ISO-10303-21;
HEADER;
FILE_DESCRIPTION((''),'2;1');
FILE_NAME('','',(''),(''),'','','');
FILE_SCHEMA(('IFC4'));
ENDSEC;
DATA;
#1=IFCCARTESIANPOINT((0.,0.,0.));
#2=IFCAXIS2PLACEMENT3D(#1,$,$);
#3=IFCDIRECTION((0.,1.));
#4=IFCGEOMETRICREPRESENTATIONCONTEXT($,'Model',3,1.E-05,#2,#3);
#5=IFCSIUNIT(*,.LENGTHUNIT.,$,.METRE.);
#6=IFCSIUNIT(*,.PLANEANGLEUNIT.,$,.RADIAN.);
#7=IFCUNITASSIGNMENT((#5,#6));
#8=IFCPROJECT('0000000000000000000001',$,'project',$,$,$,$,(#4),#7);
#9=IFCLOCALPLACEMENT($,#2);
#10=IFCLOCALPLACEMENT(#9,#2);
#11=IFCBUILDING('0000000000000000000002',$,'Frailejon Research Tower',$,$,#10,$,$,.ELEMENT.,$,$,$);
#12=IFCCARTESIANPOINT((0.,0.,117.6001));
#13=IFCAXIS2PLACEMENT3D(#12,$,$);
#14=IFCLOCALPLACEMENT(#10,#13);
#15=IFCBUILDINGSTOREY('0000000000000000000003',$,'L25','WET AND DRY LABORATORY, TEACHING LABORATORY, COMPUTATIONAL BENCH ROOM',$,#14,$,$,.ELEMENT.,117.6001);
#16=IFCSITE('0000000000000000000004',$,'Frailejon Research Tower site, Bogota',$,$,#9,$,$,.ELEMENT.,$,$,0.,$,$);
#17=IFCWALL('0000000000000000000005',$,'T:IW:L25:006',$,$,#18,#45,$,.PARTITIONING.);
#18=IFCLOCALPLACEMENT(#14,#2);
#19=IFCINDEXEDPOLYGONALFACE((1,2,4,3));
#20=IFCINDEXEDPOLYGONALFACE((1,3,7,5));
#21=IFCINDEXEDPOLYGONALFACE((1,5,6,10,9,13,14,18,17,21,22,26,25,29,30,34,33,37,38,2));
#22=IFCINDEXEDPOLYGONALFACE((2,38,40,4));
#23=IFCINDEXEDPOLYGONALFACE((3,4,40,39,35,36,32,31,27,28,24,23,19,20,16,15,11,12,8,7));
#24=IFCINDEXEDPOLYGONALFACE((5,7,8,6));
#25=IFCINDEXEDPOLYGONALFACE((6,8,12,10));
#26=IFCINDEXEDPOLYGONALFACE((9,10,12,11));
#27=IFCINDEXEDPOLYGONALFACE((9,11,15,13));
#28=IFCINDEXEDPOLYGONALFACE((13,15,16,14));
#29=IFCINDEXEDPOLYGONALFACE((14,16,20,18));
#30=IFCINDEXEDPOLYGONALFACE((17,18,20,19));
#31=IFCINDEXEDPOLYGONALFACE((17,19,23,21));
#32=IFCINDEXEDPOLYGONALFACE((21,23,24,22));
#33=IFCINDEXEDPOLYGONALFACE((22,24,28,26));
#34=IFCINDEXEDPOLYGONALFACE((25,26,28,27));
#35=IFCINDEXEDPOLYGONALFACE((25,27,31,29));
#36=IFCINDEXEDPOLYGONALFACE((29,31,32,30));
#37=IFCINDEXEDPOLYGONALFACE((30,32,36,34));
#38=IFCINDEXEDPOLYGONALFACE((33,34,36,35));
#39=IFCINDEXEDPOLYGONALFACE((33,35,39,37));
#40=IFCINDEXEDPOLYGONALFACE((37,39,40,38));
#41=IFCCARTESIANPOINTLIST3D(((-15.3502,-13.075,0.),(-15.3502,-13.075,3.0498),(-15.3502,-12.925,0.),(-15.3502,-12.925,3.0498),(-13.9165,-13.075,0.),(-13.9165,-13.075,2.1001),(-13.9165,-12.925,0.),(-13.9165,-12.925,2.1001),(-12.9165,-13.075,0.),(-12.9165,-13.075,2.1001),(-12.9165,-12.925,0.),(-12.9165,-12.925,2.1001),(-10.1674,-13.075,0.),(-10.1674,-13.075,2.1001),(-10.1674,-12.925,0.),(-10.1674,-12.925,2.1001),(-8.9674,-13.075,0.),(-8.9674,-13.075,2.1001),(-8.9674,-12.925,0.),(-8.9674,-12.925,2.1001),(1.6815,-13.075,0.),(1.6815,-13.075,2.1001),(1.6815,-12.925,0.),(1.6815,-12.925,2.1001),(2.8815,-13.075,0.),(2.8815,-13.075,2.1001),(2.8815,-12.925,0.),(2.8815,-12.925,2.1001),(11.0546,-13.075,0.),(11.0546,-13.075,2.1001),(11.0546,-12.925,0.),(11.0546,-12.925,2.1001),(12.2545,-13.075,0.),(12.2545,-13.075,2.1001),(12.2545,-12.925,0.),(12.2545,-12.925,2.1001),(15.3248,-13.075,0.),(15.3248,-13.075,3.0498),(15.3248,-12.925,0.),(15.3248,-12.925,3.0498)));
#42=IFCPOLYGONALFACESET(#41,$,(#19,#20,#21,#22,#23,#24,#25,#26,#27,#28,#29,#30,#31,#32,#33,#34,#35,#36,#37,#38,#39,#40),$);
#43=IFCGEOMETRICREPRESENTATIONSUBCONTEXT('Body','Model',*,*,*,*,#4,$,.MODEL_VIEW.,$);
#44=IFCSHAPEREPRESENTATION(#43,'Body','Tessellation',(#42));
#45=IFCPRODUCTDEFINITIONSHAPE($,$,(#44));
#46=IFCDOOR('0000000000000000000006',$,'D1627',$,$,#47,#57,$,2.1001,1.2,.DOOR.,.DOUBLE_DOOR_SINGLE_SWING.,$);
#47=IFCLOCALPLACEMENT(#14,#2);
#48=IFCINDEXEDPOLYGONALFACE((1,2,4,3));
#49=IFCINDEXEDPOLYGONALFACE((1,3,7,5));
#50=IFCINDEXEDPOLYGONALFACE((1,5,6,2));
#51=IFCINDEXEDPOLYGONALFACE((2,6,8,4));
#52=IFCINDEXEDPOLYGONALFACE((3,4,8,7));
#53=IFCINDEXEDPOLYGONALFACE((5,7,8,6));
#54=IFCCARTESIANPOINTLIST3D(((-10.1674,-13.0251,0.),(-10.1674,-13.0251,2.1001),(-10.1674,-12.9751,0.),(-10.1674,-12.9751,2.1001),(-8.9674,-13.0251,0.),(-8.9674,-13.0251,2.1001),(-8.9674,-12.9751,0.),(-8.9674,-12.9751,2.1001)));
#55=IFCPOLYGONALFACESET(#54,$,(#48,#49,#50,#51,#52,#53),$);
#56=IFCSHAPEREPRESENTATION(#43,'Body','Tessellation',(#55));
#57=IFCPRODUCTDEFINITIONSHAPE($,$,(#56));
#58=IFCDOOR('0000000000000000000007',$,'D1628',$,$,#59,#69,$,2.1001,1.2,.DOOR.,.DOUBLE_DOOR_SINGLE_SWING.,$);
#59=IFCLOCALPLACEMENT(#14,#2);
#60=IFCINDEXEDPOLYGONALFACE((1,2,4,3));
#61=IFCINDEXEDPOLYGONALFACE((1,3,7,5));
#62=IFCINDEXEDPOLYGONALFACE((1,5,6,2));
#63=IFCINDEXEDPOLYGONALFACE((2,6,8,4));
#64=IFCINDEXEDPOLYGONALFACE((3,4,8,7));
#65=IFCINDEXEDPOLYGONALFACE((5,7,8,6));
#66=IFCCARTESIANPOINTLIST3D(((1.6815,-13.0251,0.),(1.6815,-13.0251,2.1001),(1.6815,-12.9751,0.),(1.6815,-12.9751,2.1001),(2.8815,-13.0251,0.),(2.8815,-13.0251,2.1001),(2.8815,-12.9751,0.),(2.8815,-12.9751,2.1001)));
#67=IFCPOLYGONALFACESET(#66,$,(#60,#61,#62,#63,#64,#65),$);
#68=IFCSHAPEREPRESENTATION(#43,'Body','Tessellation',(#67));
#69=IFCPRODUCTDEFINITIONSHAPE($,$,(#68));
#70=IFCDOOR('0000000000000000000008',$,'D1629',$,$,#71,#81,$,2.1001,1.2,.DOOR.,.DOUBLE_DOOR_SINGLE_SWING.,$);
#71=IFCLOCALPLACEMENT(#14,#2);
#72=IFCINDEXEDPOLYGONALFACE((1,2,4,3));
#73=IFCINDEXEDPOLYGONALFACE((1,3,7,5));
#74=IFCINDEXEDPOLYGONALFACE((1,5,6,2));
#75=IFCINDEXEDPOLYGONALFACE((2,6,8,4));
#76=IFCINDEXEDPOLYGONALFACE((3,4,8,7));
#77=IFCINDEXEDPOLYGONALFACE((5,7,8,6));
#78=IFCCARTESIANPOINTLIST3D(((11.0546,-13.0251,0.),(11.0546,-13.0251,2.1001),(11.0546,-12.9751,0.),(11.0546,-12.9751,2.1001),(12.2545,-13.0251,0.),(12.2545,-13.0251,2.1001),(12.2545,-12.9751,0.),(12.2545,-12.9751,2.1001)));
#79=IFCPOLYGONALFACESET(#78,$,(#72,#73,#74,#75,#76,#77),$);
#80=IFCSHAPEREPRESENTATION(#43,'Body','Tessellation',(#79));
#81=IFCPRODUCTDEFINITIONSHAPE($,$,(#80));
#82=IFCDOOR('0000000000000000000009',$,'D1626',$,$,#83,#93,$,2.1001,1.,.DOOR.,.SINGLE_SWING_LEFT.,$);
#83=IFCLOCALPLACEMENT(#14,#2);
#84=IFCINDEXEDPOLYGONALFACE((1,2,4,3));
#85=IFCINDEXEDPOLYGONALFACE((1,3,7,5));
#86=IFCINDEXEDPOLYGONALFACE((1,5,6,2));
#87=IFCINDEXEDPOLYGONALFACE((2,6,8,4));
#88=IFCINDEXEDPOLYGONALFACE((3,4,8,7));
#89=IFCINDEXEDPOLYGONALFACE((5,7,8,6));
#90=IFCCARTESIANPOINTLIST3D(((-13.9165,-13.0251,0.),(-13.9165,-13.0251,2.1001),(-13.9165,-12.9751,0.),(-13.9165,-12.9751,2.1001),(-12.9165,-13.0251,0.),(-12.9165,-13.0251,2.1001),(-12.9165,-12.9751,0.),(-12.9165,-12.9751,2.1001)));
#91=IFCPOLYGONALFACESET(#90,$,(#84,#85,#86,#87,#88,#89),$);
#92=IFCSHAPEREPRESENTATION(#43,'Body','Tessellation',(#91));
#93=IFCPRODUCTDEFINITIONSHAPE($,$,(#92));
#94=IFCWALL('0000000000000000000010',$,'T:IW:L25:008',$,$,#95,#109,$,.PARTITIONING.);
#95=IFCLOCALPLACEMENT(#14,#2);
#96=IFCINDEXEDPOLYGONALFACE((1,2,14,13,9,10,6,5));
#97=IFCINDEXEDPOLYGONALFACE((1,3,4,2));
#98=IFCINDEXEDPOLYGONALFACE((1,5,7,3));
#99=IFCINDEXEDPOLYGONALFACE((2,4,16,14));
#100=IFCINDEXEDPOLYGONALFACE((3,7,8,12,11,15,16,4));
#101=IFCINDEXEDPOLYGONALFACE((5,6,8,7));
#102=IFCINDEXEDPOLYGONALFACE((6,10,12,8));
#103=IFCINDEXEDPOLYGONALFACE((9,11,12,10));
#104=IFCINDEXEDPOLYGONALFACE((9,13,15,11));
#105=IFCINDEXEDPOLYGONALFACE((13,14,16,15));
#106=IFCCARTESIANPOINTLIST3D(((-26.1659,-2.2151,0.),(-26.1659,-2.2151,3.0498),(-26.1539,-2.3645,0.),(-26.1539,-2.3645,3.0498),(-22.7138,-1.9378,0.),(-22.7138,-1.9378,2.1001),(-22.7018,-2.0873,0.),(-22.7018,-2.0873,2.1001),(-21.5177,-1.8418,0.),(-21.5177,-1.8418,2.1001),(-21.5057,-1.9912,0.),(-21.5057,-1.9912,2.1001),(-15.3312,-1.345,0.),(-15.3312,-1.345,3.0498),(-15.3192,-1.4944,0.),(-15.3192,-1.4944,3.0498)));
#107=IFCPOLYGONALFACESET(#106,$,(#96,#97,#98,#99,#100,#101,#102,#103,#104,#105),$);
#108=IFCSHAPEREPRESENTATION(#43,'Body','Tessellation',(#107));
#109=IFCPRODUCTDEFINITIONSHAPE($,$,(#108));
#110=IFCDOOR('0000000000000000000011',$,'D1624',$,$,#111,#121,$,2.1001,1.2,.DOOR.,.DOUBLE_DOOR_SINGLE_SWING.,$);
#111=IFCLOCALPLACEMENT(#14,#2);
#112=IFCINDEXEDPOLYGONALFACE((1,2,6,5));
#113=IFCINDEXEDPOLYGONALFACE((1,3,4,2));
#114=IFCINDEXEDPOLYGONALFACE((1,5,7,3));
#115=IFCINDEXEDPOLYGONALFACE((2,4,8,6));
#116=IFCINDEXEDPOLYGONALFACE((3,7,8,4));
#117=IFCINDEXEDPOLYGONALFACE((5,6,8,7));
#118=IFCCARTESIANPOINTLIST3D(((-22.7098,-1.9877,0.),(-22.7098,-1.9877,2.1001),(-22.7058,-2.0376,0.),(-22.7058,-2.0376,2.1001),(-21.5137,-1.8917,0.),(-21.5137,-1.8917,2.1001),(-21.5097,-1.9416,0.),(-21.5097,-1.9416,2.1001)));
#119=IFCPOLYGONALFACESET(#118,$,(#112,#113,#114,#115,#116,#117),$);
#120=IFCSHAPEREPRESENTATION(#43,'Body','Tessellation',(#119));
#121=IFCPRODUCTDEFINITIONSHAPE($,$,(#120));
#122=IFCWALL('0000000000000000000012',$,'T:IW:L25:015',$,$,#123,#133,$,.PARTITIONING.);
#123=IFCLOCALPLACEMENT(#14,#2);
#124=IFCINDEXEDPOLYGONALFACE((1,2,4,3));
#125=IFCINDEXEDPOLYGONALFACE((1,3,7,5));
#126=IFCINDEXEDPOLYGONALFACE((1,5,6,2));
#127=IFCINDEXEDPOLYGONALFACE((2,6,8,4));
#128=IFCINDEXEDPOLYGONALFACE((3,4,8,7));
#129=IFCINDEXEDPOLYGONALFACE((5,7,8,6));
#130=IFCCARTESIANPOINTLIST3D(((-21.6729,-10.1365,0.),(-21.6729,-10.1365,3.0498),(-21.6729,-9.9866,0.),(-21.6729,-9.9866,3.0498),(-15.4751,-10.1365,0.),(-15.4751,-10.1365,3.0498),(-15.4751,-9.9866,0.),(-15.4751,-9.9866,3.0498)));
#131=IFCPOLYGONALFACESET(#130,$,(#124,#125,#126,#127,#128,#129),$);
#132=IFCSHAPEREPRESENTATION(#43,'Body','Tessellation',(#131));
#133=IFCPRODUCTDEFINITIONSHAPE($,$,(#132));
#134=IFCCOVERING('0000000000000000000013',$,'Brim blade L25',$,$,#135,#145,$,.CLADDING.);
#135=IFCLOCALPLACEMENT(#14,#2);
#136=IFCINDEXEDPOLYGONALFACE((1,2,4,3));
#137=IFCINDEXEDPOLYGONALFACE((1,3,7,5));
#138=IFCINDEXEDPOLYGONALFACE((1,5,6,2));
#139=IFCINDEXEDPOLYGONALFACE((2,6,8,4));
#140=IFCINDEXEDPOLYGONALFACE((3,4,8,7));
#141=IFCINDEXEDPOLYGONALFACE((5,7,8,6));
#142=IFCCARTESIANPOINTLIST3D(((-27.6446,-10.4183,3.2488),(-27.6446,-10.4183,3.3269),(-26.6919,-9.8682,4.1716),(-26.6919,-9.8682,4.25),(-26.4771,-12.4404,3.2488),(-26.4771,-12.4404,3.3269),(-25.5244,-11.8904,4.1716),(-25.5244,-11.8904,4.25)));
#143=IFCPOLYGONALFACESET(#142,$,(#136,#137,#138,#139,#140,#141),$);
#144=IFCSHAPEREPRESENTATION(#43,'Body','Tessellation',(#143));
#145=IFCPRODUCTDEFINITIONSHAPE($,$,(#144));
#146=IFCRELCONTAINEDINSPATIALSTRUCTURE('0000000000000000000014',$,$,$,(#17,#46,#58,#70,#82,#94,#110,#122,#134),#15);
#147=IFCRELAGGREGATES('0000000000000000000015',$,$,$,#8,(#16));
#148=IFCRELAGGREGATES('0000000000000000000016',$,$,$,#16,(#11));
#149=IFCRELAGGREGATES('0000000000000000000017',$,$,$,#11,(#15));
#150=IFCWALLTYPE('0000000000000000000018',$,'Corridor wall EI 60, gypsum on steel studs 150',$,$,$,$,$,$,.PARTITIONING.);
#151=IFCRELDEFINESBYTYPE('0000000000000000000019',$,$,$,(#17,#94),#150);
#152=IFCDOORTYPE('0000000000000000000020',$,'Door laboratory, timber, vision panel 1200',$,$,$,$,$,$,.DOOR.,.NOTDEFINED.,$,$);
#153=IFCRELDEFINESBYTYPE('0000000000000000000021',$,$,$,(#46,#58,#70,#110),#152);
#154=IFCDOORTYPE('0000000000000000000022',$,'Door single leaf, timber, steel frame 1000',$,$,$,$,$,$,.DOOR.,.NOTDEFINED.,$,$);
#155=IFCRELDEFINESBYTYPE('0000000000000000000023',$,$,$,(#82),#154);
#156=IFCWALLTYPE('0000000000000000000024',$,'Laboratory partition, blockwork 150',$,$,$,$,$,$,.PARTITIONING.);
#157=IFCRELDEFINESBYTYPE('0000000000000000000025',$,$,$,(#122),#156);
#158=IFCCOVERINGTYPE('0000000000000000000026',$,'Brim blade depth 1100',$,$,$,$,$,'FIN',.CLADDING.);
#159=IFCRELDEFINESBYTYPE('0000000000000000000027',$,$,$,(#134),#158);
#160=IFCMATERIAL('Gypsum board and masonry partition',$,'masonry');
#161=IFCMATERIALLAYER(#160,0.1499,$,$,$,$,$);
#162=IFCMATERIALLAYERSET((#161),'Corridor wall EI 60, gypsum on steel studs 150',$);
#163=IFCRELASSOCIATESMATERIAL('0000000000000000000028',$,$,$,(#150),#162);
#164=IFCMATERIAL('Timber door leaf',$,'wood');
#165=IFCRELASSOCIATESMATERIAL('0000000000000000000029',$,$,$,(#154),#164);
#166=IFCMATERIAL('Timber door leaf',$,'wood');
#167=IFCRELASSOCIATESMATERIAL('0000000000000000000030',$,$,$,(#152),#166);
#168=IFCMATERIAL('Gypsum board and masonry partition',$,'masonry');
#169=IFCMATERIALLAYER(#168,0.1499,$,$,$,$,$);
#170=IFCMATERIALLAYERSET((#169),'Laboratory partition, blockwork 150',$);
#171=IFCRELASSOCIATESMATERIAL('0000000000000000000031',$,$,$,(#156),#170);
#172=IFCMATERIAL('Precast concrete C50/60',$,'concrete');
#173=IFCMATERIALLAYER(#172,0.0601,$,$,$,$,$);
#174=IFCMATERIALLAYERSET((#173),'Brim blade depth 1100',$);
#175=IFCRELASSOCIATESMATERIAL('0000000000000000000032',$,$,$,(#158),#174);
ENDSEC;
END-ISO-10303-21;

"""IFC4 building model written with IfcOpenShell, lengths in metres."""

from ifc_helpers import new_model, si_unit, direction, frame, frame_2d, origin, place, context, subcontext, project, spatial, polyline, rectangle, outline, extrude, material, layer, layer_set, type_object, element, fill, save


model = new_model("IFC4")

# Units and contexts
model_context = context("Model", 3, precision=1e-05, world=origin(), true_north=direction((0.0, 1.0)))
body_context = subcontext(model_context, "Body", "Model", "MODEL_VIEW")
ifc_project = project(units=[si_unit("LENGTHUNIT", "METRE"), si_unit("PLANEANGLEUNIT", "RADIAN")], contexts=[model_context])

# Site, building, storey
site_placement = place(None, origin())
site = spatial("IfcSite", under=ifc_project, at=site_placement, Name="Frailejon Research Tower site, Bogota", CompositionType="ELEMENT", RefElevation=0.0)
building_placement = place(site_placement, origin())
building = spatial("IfcBuilding", under=site, at=building_placement, Name="Frailejon Research Tower", CompositionType="ELEMENT")
storey_placement = place(building_placement, frame((0.0, 0.0, 117.6001)))
storey = spatial("IfcBuildingStorey", under=building, at=storey_placement, Name="L25", Description="WET AND DRY LABORATORY, TEACHING LABORATORY, COMPUTATIONAL BENCH ROOM", CompositionType="ELEMENT", Elevation=117.6001)

# Shared definitions
ifc_material_1 = material(Name="Gypsum board and masonry partition", Category="masonry")
ifc_layer_1 = layer(ifc_material_1, 0.1499)
ifc_layer_set_1 = layer_set([ifc_layer_1], Name="Corridor wall EI 60, gypsum on steel studs 150")
wall_type_1 = type_object("IfcWallType", Name="Corridor wall EI 60, gypsum on steel studs 150", PredefinedType="PARTITIONING", material=ifc_layer_set_1)
ifc_material_2 = material(Name="Timber door leaf", Category="wood")
door_type_1 = type_object("IfcDoorType", Name="Door single leaf, timber, steel frame 1000", OperationType="NOTDEFINED", PredefinedType="DOOR", material=ifc_material_2)

# Wall, openings, doors
wall_1_placement = place(storey_placement, frame((-15.3501, -13.0, 0.0), z_axis=(0.0, 0.0, 1.0), x_axis=(1.0, 0.0, 0.0)))
wall_1 = element("IfcWall", 1, at=wall_1_placement, inside=storey, type_object=wall_type_1, Name="T:IW:L25:006", PredefinedType="PARTITIONING", context=body_context, shape_type="SweptSolid", body=[
    extrude(rectangle(XDim=30.675, YDim=0.1499, at=frame_2d((15.3374, 0.0))), origin(), (0.0, 0.0, 1.0), 3.0498),
])
opening_1_placement = place(wall_1_placement, frame((1.4336, 0.0, 0.0)))
opening_1 = element("IfcOpeningElement", 2, at=opening_1_placement, cuts=wall_1, PredefinedType="OPENING", context=body_context, shape_type="SweptSolid", body=[
    extrude(rectangle(XDim=1.0, YDim=2.1001, at=frame_2d((0.5, 1.05))), frame((0.0, 0.085, 0.0), z_axis=(0.0, -1.0, 0.0), x_axis=(1.0, 0.0, 0.0)), (0.0, 0.0, 1.0), 0.1699),
])
opening_2_placement = place(wall_1_placement, frame((5.1826, 0.0, 0.0)))
opening_2 = element("IfcOpeningElement", 3, at=opening_2_placement, cuts=wall_1, PredefinedType="OPENING", context=body_context, shape_type="SweptSolid", body=[
    extrude(rectangle(XDim=1.2, YDim=2.1001, at=frame_2d((0.6001, 1.05))), frame((0.0, 0.085, 0.0), z_axis=(0.0, -1.0, 0.0), x_axis=(1.0, 0.0, 0.0)), (0.0, 0.0, 1.0), 0.1699),
])
opening_3_placement = place(wall_1_placement, frame((17.0315, 0.0, 0.0)))
opening_3 = element("IfcOpeningElement", 4, at=opening_3_placement, cuts=wall_1, PredefinedType="OPENING", context=body_context, shape_type="SweptSolid", body=[
    extrude(rectangle(XDim=1.2, YDim=2.1001, at=frame_2d((0.6001, 1.05))), frame((0.0, 0.085, 0.0), z_axis=(0.0, -1.0, 0.0), x_axis=(1.0, 0.0, 0.0)), (0.0, 0.0, 1.0), 0.1699),
])
opening_4_placement = place(wall_1_placement, frame((26.4045, 0.0, 0.0)))
opening_4 = element("IfcOpeningElement", 5, at=opening_4_placement, cuts=wall_1, PredefinedType="OPENING", context=body_context, shape_type="SweptSolid", body=[
    extrude(rectangle(XDim=1.2, YDim=2.1001, at=frame_2d((0.6001, 1.05))), frame((0.0, 0.085, 0.0), z_axis=(0.0, -1.0, 0.0), x_axis=(1.0, 0.0, 0.0)), (0.0, 0.0, 1.0), 0.1699),
])
ifc_material_3 = material(Name="Timber door leaf", Category="wood")
door_type_2 = type_object("IfcDoorType", Name="Door laboratory, timber, vision panel 1200", OperationType="NOTDEFINED", PredefinedType="DOOR", material=ifc_material_3)
door_1_placement = place(opening_2_placement, origin())
door_1 = element("IfcDoor", 6, at=door_1_placement, inside=storey, type_object=door_type_2, Name="D1627", OperationType="DOUBLE_DOOR_SINGLE_SWING", OverallHeight=2.1001, OverallWidth=1.2, PredefinedType="DOOR", context=body_context, shape_type="SweptSolid", body=[
    extrude(rectangle(XDim=1.2, YDim=2.1001, at=frame_2d((0.6001, 1.05))), frame((0.0, 0.0249, 0.0), z_axis=(0.0, -1.0, 0.0), x_axis=(1.0, 0.0, 0.0)), (0.0, 0.0, 1.0), 0.05),
])
fill(opening_2, door_1)
door_2_placement = place(opening_3_placement, origin())
door_2 = element("IfcDoor", 7, at=door_2_placement, inside=storey, type_object=door_type_2, Name="D1628", OperationType="DOUBLE_DOOR_SINGLE_SWING", OverallHeight=2.1001, OverallWidth=1.2, PredefinedType="DOOR", context=body_context, shape_type="SweptSolid", body=[
    extrude(rectangle(XDim=1.2, YDim=2.1001, at=frame_2d((0.6001, 1.05))), frame((0.0, 0.0249, 0.0), z_axis=(0.0, -1.0, 0.0), x_axis=(1.0, 0.0, 0.0)), (0.0, 0.0, 1.0), 0.05),
])
fill(opening_3, door_2)
door_3_placement = place(opening_4_placement, origin())
door_3 = element("IfcDoor", 8, at=door_3_placement, inside=storey, type_object=door_type_2, Name="D1629", OperationType="DOUBLE_DOOR_SINGLE_SWING", OverallHeight=2.1001, OverallWidth=1.2, PredefinedType="DOOR", context=body_context, shape_type="SweptSolid", body=[
    extrude(rectangle(XDim=1.2, YDim=2.1001, at=frame_2d((0.6001, 1.05))), frame((0.0, 0.0249, 0.0), z_axis=(0.0, -1.0, 0.0), x_axis=(1.0, 0.0, 0.0)), (0.0, 0.0, 1.0), 0.05),
])
fill(opening_4, door_3)
door_4_placement = place(opening_1_placement, origin())
door_4 = element("IfcDoor", 9, at=door_4_placement, inside=storey, type_object=door_type_1, Name="D1626", OperationType="SINGLE_SWING_LEFT", OverallHeight=2.1001, OverallWidth=1.0, PredefinedType="DOOR", context=body_context, shape_type="SweptSolid", body=[
    extrude(rectangle(XDim=1.0, YDim=2.1001, at=frame_2d((0.5, 1.05))), frame((0.0, 0.0249, 0.0), z_axis=(0.0, -1.0, 0.0), x_axis=(1.0, 0.0, 0.0)), (0.0, 0.0, 1.0), 0.05),
])
fill(opening_1, door_4)

# Wall, opening, door
wall_2_placement = place(storey_placement, frame((-26.1599, -2.2898, 0.0), z_axis=(0.0, 0.0, 1.0), x_axis=(0.996791, 0.080051, 0.0)))
wall_2 = element("IfcWall", 10, at=wall_2_placement, inside=storey, type_object=wall_type_1, Name="T:IW:L25:008", PredefinedType="PARTITIONING", context=body_context, shape_type="SweptSolid", body=[
    extrude(rectangle(XDim=10.8696, YDim=0.1499, at=frame_2d((5.4348, 0.0))), origin(), (0.0, 0.0, 1.0), 3.0498),
])
opening_5_placement = place(wall_2_placement, frame((3.4631, 0.0, 0.0)))
opening_5 = element("IfcOpeningElement", 11, at=opening_5_placement, cuts=wall_2, PredefinedType="OPENING", context=body_context, shape_type="SweptSolid", body=[
    extrude(rectangle(XDim=1.2, YDim=2.1001, at=frame_2d((0.6001, 1.05))), frame((0.0, 0.085, 0.0), z_axis=(0.0, -1.0, 0.0), x_axis=(1.0, 0.0, 0.0)), (0.0, 0.0, 1.0), 0.1699),
])
door_5_placement = place(opening_5_placement, origin())
door_5 = element("IfcDoor", 12, at=door_5_placement, inside=storey, type_object=door_type_2, Name="D1624", OperationType="DOUBLE_DOOR_SINGLE_SWING", OverallHeight=2.1001, OverallWidth=1.2, PredefinedType="DOOR", context=body_context, shape_type="SweptSolid", body=[
    extrude(rectangle(XDim=1.2, YDim=2.1001, at=frame_2d((0.6001, 1.05))), frame((0.0, 0.0249, 0.0), z_axis=(0.0, -1.0, 0.0), x_axis=(1.0, 0.0, 0.0)), (0.0, 0.0, 1.0), 0.05),
])
fill(opening_5, door_5)

# Wall
ifc_material_4 = material(Name="Gypsum board and masonry partition", Category="masonry")
ifc_layer_2 = layer(ifc_material_4, 0.1499)
ifc_layer_set_2 = layer_set([ifc_layer_2], Name="Laboratory partition, blockwork 150")
wall_type_2 = type_object("IfcWallType", Name="Laboratory partition, blockwork 150", PredefinedType="PARTITIONING", material=ifc_layer_set_2)
wall_3_placement = place(storey_placement, frame((-21.6729, -10.0615, 0.0), z_axis=(0.0, 0.0, 1.0), x_axis=(1.0, 0.0, 0.0)))
element("IfcWall", 13, at=wall_3_placement, inside=storey, type_object=wall_type_2, Name="T:IW:L25:015", PredefinedType="PARTITIONING", context=body_context, shape_type="SweptSolid", body=[
    extrude(rectangle(XDim=6.1978, YDim=0.1499, at=frame_2d((3.0989, 0.0))), origin(), (0.0, 0.0, 1.0), 3.0498),
])

# Covering
ifc_material_5 = material(Name="Precast concrete C50/60", Category="concrete")
ifc_layer_3 = layer(ifc_material_5, 0.0601)
ifc_layer_set_3 = layer_set([ifc_layer_3], Name="Brim blade depth 1100")
covering_type = type_object("IfcCoveringType", Name="Brim blade depth 1100", ElementType="FIN", PredefinedType="CLADDING", material=ifc_layer_set_3)
covering_placement = place(storey_placement, frame((-25.5244, -11.8904, 4.25), z_axis=(-0.5, 0.866025, 0.0), x_axis=(-0.866025, -0.5, 0.0)))
element("IfcCovering", 14, at=covering_placement, inside=storey, type_object=covering_type, Name="Brim blade L25", PredefinedType="CLADDING", context=body_context, shape_type="SweptSolid", body=[
    extrude(outline(polyline([(0.0, -0.0784), (1.1001, -1.0012), (1.1001, -0.9231), (0.0, 0.0), (0.0, -0.0784)])), origin(), (0.0, 0.0, 1.0), 2.335),
])

save(model, "model.ifc")
